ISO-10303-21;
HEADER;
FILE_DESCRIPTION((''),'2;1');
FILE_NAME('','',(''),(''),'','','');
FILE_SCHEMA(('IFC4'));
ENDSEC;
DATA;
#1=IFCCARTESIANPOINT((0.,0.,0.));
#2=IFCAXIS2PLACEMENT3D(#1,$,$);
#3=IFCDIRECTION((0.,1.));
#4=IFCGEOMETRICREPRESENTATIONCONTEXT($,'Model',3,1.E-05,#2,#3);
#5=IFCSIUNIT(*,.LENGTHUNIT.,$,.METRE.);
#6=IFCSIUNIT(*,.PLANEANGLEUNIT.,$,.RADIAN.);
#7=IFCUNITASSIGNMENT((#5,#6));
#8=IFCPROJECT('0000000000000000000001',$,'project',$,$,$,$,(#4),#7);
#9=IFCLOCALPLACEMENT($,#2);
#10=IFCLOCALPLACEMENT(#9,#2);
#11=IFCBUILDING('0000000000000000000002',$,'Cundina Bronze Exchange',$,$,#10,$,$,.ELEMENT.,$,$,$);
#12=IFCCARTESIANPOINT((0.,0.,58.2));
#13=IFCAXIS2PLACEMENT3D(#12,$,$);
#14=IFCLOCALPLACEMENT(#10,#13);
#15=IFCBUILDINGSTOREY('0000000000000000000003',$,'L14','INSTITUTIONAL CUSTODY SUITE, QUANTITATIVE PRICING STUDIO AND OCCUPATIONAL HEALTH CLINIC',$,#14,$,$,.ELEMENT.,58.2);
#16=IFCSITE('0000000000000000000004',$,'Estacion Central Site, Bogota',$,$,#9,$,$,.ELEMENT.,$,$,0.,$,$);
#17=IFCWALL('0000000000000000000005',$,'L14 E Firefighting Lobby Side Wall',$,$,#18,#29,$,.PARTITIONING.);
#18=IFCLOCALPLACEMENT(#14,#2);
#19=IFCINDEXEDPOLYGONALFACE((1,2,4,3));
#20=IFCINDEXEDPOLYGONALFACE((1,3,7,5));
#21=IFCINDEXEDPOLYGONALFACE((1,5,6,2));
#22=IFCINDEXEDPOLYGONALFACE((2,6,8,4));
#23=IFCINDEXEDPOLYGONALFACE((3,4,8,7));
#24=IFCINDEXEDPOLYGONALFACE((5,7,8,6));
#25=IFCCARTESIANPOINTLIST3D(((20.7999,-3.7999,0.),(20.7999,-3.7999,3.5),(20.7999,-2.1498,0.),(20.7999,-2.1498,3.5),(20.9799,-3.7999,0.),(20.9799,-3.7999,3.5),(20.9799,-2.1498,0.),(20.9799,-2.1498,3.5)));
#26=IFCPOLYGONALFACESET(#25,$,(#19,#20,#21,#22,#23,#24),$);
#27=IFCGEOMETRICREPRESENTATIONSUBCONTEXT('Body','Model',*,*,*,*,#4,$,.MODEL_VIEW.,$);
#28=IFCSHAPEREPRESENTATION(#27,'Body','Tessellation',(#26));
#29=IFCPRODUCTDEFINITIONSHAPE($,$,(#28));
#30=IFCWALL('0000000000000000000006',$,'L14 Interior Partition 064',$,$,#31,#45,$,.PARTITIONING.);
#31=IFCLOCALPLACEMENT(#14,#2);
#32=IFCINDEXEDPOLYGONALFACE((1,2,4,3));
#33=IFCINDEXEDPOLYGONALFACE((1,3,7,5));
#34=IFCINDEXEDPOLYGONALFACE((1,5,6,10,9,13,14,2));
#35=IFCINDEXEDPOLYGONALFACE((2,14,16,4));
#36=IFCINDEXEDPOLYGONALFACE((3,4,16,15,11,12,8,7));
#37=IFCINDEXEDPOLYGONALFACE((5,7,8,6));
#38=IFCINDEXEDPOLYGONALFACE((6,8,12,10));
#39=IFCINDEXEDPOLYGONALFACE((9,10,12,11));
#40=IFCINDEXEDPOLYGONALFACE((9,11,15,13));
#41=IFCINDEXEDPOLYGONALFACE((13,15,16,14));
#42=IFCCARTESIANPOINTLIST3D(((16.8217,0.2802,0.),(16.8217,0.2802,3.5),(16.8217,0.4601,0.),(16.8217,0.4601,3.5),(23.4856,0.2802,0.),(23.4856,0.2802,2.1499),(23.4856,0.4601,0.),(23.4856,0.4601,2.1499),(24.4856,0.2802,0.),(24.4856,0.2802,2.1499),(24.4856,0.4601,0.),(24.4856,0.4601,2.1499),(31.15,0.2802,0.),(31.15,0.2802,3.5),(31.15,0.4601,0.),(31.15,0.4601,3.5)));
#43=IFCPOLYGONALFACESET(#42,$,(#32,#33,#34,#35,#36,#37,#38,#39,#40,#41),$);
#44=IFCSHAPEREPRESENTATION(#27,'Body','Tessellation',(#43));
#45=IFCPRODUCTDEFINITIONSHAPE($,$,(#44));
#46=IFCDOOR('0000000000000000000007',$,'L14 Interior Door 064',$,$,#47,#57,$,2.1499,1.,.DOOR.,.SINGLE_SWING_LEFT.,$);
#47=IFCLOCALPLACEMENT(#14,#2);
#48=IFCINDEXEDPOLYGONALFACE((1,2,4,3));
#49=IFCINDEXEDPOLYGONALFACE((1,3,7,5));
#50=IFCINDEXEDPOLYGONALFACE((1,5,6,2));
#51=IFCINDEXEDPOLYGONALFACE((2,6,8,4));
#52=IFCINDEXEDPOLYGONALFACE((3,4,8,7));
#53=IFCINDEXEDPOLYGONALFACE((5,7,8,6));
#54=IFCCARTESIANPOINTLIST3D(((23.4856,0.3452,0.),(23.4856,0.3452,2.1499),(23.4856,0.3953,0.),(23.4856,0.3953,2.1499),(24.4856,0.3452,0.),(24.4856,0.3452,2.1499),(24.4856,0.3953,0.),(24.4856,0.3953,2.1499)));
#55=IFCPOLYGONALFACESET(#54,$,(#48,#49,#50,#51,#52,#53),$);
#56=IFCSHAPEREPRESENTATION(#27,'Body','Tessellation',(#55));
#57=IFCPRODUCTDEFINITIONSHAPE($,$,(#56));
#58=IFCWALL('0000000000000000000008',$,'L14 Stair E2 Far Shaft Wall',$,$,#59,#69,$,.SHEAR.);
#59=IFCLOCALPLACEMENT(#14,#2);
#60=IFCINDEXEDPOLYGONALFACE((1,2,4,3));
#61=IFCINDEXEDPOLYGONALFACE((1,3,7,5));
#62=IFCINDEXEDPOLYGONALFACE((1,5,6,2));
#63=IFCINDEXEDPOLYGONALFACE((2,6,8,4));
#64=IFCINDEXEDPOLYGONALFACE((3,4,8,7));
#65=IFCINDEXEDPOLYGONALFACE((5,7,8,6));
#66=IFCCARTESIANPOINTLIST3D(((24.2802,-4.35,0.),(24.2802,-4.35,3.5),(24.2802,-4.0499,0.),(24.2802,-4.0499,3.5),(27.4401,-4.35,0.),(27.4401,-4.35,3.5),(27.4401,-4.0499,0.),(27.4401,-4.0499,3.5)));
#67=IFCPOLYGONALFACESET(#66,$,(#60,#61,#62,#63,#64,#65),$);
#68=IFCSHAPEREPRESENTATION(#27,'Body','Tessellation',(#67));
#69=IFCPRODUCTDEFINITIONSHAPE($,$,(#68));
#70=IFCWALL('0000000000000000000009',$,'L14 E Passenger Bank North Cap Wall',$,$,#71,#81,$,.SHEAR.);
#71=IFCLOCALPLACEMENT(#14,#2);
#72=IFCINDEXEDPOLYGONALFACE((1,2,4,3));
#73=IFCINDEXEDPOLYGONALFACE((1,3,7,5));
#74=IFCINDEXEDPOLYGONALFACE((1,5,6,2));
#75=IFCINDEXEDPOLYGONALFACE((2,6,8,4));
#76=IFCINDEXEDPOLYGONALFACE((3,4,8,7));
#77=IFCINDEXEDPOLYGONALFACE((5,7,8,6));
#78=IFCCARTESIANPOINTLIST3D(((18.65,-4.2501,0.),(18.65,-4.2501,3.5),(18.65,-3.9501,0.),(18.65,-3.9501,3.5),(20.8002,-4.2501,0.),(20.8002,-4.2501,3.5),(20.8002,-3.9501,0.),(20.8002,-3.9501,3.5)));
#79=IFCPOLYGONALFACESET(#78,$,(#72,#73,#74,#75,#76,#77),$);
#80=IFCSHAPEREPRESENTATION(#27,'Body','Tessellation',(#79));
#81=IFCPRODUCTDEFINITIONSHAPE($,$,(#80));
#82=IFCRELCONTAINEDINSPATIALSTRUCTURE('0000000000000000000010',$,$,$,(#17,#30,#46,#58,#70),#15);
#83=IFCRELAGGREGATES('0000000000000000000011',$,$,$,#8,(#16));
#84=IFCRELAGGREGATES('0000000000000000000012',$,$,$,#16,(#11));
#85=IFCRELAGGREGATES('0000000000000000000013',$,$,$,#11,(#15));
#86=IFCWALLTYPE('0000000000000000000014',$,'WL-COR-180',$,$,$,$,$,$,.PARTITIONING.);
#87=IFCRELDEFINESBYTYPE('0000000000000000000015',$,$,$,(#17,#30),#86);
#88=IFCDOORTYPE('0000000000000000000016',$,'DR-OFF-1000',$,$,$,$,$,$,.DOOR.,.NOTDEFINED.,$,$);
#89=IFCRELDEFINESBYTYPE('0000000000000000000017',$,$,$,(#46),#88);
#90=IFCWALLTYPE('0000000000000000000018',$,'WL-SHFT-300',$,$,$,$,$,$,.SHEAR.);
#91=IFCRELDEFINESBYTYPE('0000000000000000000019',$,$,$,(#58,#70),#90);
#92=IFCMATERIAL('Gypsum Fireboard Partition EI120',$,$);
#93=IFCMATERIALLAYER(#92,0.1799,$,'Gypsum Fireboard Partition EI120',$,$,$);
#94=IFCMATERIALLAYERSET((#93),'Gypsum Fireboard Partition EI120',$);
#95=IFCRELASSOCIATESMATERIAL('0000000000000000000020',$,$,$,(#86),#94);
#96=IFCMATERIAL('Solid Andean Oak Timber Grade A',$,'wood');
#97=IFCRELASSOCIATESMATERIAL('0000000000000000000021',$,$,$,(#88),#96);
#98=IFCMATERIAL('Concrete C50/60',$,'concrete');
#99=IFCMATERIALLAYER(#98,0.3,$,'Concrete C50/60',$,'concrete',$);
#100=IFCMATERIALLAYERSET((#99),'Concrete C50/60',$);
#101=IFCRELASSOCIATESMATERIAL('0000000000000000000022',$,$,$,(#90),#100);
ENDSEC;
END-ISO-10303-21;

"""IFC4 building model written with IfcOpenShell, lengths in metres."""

from ifc_helpers import new_model, si_unit, direction, frame, frame_2d, origin, place, context, subcontext, project, spatial, rectangle, extrude, material, layer, layer_set, type_object, element, fill, save


model = new_model("IFC4")

# Units and contexts
model_context = context("Model", 3, precision=1e-05, world=origin(), true_north=direction((0.0, 1.0)))
body_context = subcontext(model_context, "Body", "Model", "MODEL_VIEW")
ifc_project = project(units=[si_unit("LENGTHUNIT", "METRE"), si_unit("PLANEANGLEUNIT", "RADIAN")], contexts=[model_context])

# Site, building, storey
site_placement = place(None, origin())
site = spatial("IfcSite", under=ifc_project, at=site_placement, Name="Estacion Central Site, Bogota", CompositionType="ELEMENT", RefElevation=0.0)
building_placement = place(site_placement, origin())
building = spatial("IfcBuilding", under=site, at=building_placement, Name="Cundina Bronze Exchange", CompositionType="ELEMENT")
storey_placement = place(building_placement, frame((0.0, 0.0, 58.2)))
storey = spatial("IfcBuildingStorey", under=building, at=storey_placement, Name="L14", Description="INSTITUTIONAL CUSTODY SUITE, QUANTITATIVE PRICING STUDIO AND OCCUPATIONAL HEALTH CLINIC", CompositionType="ELEMENT", Elevation=58.2)

# Wall
ifc_material_1 = material(Name="Gypsum Fireboard Partition EI120")
ifc_layer_1 = layer(ifc_material_1, 0.1799, Name="Gypsum Fireboard Partition EI120")
ifc_layer_set_1 = layer_set([ifc_layer_1], Name="Gypsum Fireboard Partition EI120")
wall_type_1 = type_object("IfcWallType", Name="WL-COR-180", PredefinedType="PARTITIONING", material=ifc_layer_set_1)
wall_1_placement = place(storey_placement, frame((20.8899, -3.8, 0.0), z_axis=(0.0, 0.0, 1.0), x_axis=(0.0, 1.0, 0.0)))
element("IfcWall", 1, at=wall_1_placement, inside=storey, type_object=wall_type_1, Name="L14 E Firefighting Lobby Side Wall", PredefinedType="PARTITIONING", context=body_context, shape_type="SweptSolid", body=[
    extrude(rectangle(XDim=1.6501, YDim=0.1799, at=frame_2d((0.8252, 0.0))), origin(), (0.0, 0.0, 1.0), 3.5),
])

# Wall, opening, door
wall_2_placement = place(storey_placement, frame((31.1499, 0.3701, 0.0), z_axis=(0.0, 0.0, 1.0), x_axis=(-1.0, 0.0, 0.0)))
wall_2 = element("IfcWall", 2, at=wall_2_placement, inside=storey, type_object=wall_type_1, Name="L14 Interior Partition 064", PredefinedType="PARTITIONING", context=body_context, shape_type="SweptSolid", body=[
    extrude(rectangle(XDim=14.3284, YDim=0.1799, at=frame_2d((7.1641, 0.0))), origin(), (0.0, 0.0, 1.0), 3.5),
])
opening_1_placement = place(wall_2_placement, frame((6.6643, 0.0, 0.0)))
opening_1 = element("IfcOpeningElement", 3, at=opening_1_placement, cuts=wall_2, PredefinedType="OPENING", context=body_context, shape_type="SweptSolid", body=[
    extrude(rectangle(XDim=1.0, YDim=2.1499, at=frame_2d((0.5, 1.075))), frame((0.0, 0.0999, 0.0), z_axis=(0.0, -1.0, 0.0), x_axis=(1.0, 0.0, 0.0)), (0.0, 0.0, 1.0), 0.2),
])
ifc_material_2 = material(Name="Solid Andean Oak Timber Grade A", Category="wood")
door_type_1 = type_object("IfcDoorType", Name="DR-OFF-1000", OperationType="NOTDEFINED", PredefinedType="DOOR", material=ifc_material_2)
door_1_placement = place(opening_1_placement, origin())
door_1 = element("IfcDoor", 4, at=door_1_placement, inside=storey, type_object=door_type_1, Name="L14 Interior Door 064", OperationType="SINGLE_SWING_LEFT", OverallHeight=2.1499, OverallWidth=1.0, PredefinedType="DOOR", context=body_context, shape_type="SweptSolid", body=[
    extrude(rectangle(XDim=1.0, YDim=2.1499, at=frame_2d((0.5, 1.075))), frame((0.0, 0.0249, 0.0), z_axis=(0.0, -1.0, 0.0), x_axis=(1.0, 0.0, 0.0)), (0.0, 0.0, 1.0), 0.05),
])
fill(opening_1, door_1)
ifc_material_3 = material(Name="Concrete C50/60", Category="concrete")
ifc_layer_2 = layer(ifc_material_3, 0.3, Name="Concrete C50/60", Category="concrete")
ifc_layer_set_2 = layer_set([ifc_layer_2], Name="Concrete C50/60")
wall_type_2 = type_object("IfcWallType", Name="WL-SHFT-300", PredefinedType="SHEAR", material=ifc_layer_set_2)

# Walls
wall_3_placement = place(storey_placement, frame((24.28, -4.2, 0.0), z_axis=(0.0, 0.0, 1.0), x_axis=(1.0, 0.0, 0.0)))
element("IfcWall", 5, at=wall_3_placement, inside=storey, type_object=wall_type_2, Name="L14 Stair E2 Far Shaft Wall", PredefinedType="SHEAR", context=body_context, shape_type="SweptSolid", body=[
    extrude(rectangle(XDim=3.1599, YDim=0.3, at=frame_2d((1.5801, 0.0))), origin(), (0.0, 0.0, 1.0), 3.5),
])
wall_4_placement = place(storey_placement, frame((18.6499, -4.1001, 0.0), z_axis=(0.0, 0.0, 1.0), x_axis=(1.0, 0.0, 0.0)))
element("IfcWall", 6, at=wall_4_placement, inside=storey, type_object=wall_type_2, Name="L14 E Passenger Bank North Cap Wall", PredefinedType="SHEAR", context=body_context, shape_type="SweptSolid", body=[
    extrude(rectangle(XDim=2.1501, YDim=0.3, at=frame_2d((1.0752, 0.0))), origin(), (0.0, 0.0, 1.0), 3.5),
])

save(model, "model.ifc")
